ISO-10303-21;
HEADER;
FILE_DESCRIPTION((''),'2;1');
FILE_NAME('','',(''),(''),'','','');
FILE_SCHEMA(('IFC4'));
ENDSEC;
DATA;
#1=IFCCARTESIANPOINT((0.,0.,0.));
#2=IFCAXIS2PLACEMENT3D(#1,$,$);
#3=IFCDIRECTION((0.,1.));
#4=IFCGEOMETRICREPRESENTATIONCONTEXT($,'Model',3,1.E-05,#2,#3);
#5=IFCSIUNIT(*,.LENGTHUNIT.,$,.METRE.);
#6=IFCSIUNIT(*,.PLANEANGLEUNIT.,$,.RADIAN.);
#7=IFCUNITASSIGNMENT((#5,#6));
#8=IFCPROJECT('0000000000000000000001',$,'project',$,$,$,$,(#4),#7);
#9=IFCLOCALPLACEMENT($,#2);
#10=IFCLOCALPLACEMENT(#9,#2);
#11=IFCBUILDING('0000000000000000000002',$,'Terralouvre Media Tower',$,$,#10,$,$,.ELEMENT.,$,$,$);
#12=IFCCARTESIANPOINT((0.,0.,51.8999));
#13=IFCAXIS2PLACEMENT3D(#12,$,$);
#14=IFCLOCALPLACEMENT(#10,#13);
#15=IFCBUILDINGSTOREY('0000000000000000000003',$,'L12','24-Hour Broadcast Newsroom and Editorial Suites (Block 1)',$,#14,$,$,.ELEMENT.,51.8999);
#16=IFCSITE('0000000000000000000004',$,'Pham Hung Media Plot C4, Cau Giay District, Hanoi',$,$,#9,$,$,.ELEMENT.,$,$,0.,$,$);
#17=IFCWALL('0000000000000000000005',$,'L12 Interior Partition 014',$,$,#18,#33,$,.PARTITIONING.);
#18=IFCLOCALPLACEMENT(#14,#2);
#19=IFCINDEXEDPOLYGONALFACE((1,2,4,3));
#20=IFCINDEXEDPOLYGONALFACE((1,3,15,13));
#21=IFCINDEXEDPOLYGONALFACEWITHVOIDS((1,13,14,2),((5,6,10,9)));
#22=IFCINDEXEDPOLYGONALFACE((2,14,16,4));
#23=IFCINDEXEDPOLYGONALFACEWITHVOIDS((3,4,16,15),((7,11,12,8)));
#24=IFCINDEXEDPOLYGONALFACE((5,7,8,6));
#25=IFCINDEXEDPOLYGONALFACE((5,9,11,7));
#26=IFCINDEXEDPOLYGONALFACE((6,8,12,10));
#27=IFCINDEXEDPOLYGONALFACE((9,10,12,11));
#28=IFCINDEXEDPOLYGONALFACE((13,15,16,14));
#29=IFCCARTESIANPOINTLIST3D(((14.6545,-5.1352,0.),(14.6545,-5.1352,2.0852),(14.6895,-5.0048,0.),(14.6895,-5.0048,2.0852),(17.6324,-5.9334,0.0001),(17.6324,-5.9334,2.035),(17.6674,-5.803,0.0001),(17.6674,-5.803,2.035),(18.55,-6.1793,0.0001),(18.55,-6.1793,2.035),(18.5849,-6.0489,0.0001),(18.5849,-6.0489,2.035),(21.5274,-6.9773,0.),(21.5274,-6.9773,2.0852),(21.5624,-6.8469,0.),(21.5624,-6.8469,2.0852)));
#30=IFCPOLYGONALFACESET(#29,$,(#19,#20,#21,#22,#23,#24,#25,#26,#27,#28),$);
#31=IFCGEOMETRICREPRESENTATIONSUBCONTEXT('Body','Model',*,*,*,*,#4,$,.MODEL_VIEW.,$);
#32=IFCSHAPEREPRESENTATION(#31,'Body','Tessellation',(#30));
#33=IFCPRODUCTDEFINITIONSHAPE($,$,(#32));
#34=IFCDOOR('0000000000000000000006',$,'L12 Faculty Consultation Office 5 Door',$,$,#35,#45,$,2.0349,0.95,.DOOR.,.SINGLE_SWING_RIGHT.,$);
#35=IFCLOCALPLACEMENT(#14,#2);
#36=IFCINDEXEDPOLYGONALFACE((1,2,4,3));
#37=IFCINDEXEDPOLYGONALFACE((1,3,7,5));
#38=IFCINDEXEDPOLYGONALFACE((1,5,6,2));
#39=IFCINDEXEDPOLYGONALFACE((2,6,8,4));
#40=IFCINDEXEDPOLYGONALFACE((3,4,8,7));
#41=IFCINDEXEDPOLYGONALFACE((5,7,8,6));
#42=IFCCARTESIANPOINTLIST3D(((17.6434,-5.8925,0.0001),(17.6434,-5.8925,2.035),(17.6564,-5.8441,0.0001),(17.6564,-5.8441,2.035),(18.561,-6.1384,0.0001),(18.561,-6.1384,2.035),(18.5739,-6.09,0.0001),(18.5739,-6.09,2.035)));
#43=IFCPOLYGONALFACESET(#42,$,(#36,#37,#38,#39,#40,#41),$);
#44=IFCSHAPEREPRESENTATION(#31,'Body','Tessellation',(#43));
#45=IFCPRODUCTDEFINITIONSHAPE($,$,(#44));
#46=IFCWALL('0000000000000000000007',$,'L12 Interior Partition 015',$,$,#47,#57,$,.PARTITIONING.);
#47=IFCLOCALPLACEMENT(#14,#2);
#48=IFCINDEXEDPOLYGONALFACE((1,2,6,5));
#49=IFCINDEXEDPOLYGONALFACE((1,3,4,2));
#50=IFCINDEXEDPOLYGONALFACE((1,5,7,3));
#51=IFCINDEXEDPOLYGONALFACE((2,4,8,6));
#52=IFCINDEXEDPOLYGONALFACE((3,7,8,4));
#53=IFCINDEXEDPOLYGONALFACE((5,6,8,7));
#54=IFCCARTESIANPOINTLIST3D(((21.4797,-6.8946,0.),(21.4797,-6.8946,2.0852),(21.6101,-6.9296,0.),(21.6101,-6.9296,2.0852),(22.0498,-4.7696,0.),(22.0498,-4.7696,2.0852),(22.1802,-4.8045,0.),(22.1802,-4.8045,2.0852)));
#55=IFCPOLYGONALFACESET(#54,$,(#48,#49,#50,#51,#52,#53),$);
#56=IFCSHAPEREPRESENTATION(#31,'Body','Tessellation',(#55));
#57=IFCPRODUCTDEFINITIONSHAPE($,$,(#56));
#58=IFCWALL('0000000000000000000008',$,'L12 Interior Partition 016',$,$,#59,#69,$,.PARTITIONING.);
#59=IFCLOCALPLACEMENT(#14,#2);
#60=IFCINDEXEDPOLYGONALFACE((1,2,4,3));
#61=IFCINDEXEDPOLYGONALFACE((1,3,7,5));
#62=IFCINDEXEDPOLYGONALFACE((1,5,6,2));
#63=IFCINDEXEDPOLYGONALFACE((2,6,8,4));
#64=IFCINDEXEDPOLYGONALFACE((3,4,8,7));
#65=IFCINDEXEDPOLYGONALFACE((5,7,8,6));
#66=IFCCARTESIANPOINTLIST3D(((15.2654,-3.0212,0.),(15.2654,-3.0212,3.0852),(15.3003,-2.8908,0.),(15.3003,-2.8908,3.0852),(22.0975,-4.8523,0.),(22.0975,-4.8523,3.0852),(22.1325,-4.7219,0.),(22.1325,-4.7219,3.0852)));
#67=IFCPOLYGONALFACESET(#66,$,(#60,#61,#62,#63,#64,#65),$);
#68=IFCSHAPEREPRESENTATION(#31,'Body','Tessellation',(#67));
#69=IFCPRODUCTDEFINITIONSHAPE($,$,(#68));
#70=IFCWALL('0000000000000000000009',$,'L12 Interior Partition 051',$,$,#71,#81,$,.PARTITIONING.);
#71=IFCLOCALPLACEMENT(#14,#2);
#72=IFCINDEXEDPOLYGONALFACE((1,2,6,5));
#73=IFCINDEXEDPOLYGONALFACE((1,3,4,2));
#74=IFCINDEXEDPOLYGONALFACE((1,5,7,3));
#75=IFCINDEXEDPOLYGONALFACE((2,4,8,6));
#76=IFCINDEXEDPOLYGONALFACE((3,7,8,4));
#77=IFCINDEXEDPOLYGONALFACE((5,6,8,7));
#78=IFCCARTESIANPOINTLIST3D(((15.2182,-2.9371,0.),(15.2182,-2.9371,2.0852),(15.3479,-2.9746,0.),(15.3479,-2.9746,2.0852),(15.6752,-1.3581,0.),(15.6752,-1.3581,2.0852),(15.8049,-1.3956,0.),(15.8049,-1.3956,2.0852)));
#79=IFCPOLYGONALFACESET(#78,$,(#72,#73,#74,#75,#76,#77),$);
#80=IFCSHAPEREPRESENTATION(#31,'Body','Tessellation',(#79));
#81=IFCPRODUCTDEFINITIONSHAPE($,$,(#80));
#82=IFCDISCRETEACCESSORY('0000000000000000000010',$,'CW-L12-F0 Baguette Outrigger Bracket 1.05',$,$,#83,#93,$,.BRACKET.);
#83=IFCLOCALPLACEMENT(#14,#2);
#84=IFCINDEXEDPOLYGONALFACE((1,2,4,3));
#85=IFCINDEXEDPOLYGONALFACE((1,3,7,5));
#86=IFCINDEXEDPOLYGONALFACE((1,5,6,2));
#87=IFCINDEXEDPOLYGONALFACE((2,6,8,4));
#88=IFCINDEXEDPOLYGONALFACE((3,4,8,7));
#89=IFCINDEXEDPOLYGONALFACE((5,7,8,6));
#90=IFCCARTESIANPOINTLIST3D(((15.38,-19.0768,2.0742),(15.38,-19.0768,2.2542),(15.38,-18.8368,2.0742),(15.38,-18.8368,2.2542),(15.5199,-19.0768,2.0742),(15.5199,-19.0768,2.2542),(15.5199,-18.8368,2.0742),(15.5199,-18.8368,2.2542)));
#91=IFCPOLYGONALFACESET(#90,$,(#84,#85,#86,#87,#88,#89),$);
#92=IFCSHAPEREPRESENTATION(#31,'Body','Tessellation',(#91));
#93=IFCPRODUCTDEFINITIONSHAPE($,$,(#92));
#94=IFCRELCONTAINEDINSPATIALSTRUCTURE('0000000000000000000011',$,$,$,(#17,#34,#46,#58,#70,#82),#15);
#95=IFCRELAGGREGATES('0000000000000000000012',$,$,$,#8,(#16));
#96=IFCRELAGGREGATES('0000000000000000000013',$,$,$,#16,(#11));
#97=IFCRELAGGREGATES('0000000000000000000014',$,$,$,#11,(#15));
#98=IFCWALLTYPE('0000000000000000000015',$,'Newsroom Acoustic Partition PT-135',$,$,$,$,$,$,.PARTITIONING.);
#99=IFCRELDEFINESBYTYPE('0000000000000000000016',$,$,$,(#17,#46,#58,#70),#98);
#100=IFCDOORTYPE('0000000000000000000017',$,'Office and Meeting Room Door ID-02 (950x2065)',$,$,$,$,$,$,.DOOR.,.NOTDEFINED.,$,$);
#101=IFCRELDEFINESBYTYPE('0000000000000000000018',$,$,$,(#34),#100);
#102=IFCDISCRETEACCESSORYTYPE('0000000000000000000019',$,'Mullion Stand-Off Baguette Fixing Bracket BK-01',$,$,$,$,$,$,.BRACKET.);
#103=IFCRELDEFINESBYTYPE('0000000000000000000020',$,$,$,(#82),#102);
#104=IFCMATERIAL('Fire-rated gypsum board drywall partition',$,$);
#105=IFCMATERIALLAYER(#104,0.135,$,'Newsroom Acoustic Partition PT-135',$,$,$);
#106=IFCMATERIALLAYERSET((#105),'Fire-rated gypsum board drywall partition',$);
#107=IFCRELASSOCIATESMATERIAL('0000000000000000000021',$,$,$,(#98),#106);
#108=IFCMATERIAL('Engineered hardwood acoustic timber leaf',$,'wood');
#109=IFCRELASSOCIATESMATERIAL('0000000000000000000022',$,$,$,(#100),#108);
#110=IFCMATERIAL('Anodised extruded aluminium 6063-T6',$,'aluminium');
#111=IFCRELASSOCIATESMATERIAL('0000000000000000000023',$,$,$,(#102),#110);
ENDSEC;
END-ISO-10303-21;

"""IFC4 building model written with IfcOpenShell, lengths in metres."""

from ifc_helpers import new_model, si_unit, direction, frame, frame_2d, origin, origin_2d, place, context, subcontext, project, spatial, rectangle, extrude, material, layer, layer_set, type_object, element, fill, save


model = new_model("IFC4")

# Units and contexts
model_context = context("Model", 3, precision=1e-05, world=origin(), true_north=direction((0.0, 1.0)))
body_context = subcontext(model_context, "Body", "Model", "MODEL_VIEW")
ifc_project = project(units=[si_unit("LENGTHUNIT", "METRE"), si_unit("PLANEANGLEUNIT", "RADIAN")], contexts=[model_context])

# Site, building, storey
site_placement = place(None, origin())
site = spatial("IfcSite", under=ifc_project, at=site_placement, Name="Pham Hung Media Plot C4, Cau Giay District, Hanoi", CompositionType="ELEMENT", RefElevation=0.0)
building_placement = place(site_placement, origin())
building = spatial("IfcBuilding", under=site, at=building_placement, Name="Terralouvre Media Tower", CompositionType="ELEMENT")
storey_placement = place(building_placement, frame((0.0, 0.0, 51.8999)))
storey = spatial("IfcBuildingStorey", under=building, at=storey_placement, Name="L12", Description="24-Hour Broadcast Newsroom and Editorial Suites (Block 1)", CompositionType="ELEMENT", Elevation=51.8999)

# Wall, opening, door
ifc_material_1 = material(Name="Fire-rated gypsum board drywall partition")
ifc_layer_1 = layer(ifc_material_1, 0.135, Name="Newsroom Acoustic Partition PT-135")
ifc_layer_set_1 = layer_set([ifc_layer_1], Name="Fire-rated gypsum board drywall partition")
wall_type_1 = type_object("IfcWallType", Name="Newsroom Acoustic Partition PT-135", PredefinedType="PARTITIONING", material=ifc_layer_set_1)
wall_1_placement = place(storey_placement, frame((14.6721, -5.0701, 0.0), z_axis=(0.0, 0.0, 1.0), x_axis=(0.965909, -0.258882, 0.0)))
wall_1 = element("IfcWall", 1, at=wall_1_placement, inside=storey, type_object=wall_type_1, Name="L12 Interior Partition 014", PredefinedType="PARTITIONING", context=body_context, shape_type="SweptSolid", body=[
    extrude(rectangle(XDim=7.1155, YDim=0.135, at=frame_2d((3.5576, 0.0))), origin(), (0.0, 0.0, 1.0), 2.0852),
])
opening_1_placement = place(wall_1_placement, frame((3.0828, 0.0, 0.0)))
opening_1 = element("IfcOpeningElement", 2, at=opening_1_placement, cuts=wall_1, PredefinedType="OPENING", context=body_context, shape_type="SweptSolid", body=[
    extrude(rectangle(XDim=0.95, YDim=2.0349, at=frame_2d((0.4751, 1.0176))), frame((0.0, 0.0774, 0.0), z_axis=(0.0, -1.0, 0.0), x_axis=(1.0, 0.0, 0.0)), (0.0, 0.0, 1.0), 0.155),
])
ifc_material_2 = material(Name="Engineered hardwood acoustic timber leaf", Category="wood")
door_type_1 = type_object("IfcDoorType", Name="Office and Meeting Room Door ID-02 (950x2065)", OperationType="NOTDEFINED", PredefinedType="DOOR", material=ifc_material_2)
door_1_placement = place(opening_1_placement, origin())
door_1 = element("IfcDoor", 3, at=door_1_placement, inside=storey, type_object=door_type_1, Name="L12 Faculty Consultation Office 5 Door", OperationType="SINGLE_SWING_RIGHT", OverallHeight=2.0349, OverallWidth=0.95, PredefinedType="DOOR", context=body_context, shape_type="SweptSolid", body=[
    extrude(rectangle(XDim=0.95, YDim=2.0349, at=frame_2d((0.4751, 1.0176))), frame((0.0, 0.0249, 0.0), z_axis=(0.0, -1.0, 0.0), x_axis=(1.0, 0.0, 0.0)), (0.0, 0.0, 1.0), 0.05),
])
fill(opening_1, door_1)

# Walls
wall_2_placement = place(storey_placement, frame((21.5449, -6.9121, 0.0), z_axis=(0.0, 0.0, 1.0), x_axis=(0.259106, 0.965849, 0.0)))
element("IfcWall", 4, at=wall_2_placement, inside=storey, type_object=wall_type_1, Name="L12 Interior Partition 015", PredefinedType="PARTITIONING", context=body_context, shape_type="SweptSolid", body=[
    extrude(rectangle(XDim=2.2002, YDim=0.135, at=frame_2d((1.1001, 0.0))), origin(), (0.0, 0.0, 1.0), 2.0852),
])
wall_3_placement = place(storey_placement, frame((22.115, -4.7871, 0.0), z_axis=(0.0, 0.0, 1.0), x_axis=(-0.965911, 0.258874, 0.0)))
element("IfcWall", 5, at=wall_3_placement, inside=storey, type_object=wall_type_1, Name="L12 Interior Partition 016", PredefinedType="PARTITIONING", context=body_context, shape_type="SweptSolid", body=[
    extrude(rectangle(XDim=7.0732, YDim=0.135, at=frame_2d((3.5366, 0.0))), origin(), (0.0, 0.0, 1.0), 3.0852),
])
wall_4_placement = place(storey_placement, frame((15.74, -1.377, 0.0), z_axis=(0.0, 0.0, 1.0), x_axis=(-0.278015, -0.960577, 0.0)))
element("IfcWall", 6, at=wall_4_placement, inside=storey, type_object=wall_type_1, Name="L12 Interior Partition 051", PredefinedType="PARTITIONING", context=body_context, shape_type="SweptSolid", body=[
    extrude(rectangle(XDim=1.6438, YDim=0.135, at=frame_2d((0.8218, 0.0))), origin(), (0.0, 0.0, 1.0), 2.0852),
])

# Discrete accessory
ifc_material_3 = material(Name="Anodised extruded aluminium 6063-T6", Category="aluminium")
discrete_accessory_type = type_object("IfcDiscreteAccessoryType", Name="Mullion Stand-Off Baguette Fixing Bracket BK-01", PredefinedType="BRACKET", material=ifc_material_3)
discrete_accessory_placement = place(storey_placement, frame((15.45, -18.9568, 2.0742), z_axis=(0.0, 0.0, 1.0), x_axis=(1.0, 0.0, 0.0)))
element("IfcDiscreteAccessory", 7, at=discrete_accessory_placement, inside=storey, type_object=discrete_accessory_type, Name="CW-L12-F0 Baguette Outrigger Bracket 1.05", PredefinedType="BRACKET", context=body_context, shape_type="SweptSolid", body=[
    extrude(rectangle(XDim=0.1399, YDim=0.24, at=origin_2d()), origin(), (0.0, 0.0, 1.0), 0.1799),
])

save(model, "model.ifc")
